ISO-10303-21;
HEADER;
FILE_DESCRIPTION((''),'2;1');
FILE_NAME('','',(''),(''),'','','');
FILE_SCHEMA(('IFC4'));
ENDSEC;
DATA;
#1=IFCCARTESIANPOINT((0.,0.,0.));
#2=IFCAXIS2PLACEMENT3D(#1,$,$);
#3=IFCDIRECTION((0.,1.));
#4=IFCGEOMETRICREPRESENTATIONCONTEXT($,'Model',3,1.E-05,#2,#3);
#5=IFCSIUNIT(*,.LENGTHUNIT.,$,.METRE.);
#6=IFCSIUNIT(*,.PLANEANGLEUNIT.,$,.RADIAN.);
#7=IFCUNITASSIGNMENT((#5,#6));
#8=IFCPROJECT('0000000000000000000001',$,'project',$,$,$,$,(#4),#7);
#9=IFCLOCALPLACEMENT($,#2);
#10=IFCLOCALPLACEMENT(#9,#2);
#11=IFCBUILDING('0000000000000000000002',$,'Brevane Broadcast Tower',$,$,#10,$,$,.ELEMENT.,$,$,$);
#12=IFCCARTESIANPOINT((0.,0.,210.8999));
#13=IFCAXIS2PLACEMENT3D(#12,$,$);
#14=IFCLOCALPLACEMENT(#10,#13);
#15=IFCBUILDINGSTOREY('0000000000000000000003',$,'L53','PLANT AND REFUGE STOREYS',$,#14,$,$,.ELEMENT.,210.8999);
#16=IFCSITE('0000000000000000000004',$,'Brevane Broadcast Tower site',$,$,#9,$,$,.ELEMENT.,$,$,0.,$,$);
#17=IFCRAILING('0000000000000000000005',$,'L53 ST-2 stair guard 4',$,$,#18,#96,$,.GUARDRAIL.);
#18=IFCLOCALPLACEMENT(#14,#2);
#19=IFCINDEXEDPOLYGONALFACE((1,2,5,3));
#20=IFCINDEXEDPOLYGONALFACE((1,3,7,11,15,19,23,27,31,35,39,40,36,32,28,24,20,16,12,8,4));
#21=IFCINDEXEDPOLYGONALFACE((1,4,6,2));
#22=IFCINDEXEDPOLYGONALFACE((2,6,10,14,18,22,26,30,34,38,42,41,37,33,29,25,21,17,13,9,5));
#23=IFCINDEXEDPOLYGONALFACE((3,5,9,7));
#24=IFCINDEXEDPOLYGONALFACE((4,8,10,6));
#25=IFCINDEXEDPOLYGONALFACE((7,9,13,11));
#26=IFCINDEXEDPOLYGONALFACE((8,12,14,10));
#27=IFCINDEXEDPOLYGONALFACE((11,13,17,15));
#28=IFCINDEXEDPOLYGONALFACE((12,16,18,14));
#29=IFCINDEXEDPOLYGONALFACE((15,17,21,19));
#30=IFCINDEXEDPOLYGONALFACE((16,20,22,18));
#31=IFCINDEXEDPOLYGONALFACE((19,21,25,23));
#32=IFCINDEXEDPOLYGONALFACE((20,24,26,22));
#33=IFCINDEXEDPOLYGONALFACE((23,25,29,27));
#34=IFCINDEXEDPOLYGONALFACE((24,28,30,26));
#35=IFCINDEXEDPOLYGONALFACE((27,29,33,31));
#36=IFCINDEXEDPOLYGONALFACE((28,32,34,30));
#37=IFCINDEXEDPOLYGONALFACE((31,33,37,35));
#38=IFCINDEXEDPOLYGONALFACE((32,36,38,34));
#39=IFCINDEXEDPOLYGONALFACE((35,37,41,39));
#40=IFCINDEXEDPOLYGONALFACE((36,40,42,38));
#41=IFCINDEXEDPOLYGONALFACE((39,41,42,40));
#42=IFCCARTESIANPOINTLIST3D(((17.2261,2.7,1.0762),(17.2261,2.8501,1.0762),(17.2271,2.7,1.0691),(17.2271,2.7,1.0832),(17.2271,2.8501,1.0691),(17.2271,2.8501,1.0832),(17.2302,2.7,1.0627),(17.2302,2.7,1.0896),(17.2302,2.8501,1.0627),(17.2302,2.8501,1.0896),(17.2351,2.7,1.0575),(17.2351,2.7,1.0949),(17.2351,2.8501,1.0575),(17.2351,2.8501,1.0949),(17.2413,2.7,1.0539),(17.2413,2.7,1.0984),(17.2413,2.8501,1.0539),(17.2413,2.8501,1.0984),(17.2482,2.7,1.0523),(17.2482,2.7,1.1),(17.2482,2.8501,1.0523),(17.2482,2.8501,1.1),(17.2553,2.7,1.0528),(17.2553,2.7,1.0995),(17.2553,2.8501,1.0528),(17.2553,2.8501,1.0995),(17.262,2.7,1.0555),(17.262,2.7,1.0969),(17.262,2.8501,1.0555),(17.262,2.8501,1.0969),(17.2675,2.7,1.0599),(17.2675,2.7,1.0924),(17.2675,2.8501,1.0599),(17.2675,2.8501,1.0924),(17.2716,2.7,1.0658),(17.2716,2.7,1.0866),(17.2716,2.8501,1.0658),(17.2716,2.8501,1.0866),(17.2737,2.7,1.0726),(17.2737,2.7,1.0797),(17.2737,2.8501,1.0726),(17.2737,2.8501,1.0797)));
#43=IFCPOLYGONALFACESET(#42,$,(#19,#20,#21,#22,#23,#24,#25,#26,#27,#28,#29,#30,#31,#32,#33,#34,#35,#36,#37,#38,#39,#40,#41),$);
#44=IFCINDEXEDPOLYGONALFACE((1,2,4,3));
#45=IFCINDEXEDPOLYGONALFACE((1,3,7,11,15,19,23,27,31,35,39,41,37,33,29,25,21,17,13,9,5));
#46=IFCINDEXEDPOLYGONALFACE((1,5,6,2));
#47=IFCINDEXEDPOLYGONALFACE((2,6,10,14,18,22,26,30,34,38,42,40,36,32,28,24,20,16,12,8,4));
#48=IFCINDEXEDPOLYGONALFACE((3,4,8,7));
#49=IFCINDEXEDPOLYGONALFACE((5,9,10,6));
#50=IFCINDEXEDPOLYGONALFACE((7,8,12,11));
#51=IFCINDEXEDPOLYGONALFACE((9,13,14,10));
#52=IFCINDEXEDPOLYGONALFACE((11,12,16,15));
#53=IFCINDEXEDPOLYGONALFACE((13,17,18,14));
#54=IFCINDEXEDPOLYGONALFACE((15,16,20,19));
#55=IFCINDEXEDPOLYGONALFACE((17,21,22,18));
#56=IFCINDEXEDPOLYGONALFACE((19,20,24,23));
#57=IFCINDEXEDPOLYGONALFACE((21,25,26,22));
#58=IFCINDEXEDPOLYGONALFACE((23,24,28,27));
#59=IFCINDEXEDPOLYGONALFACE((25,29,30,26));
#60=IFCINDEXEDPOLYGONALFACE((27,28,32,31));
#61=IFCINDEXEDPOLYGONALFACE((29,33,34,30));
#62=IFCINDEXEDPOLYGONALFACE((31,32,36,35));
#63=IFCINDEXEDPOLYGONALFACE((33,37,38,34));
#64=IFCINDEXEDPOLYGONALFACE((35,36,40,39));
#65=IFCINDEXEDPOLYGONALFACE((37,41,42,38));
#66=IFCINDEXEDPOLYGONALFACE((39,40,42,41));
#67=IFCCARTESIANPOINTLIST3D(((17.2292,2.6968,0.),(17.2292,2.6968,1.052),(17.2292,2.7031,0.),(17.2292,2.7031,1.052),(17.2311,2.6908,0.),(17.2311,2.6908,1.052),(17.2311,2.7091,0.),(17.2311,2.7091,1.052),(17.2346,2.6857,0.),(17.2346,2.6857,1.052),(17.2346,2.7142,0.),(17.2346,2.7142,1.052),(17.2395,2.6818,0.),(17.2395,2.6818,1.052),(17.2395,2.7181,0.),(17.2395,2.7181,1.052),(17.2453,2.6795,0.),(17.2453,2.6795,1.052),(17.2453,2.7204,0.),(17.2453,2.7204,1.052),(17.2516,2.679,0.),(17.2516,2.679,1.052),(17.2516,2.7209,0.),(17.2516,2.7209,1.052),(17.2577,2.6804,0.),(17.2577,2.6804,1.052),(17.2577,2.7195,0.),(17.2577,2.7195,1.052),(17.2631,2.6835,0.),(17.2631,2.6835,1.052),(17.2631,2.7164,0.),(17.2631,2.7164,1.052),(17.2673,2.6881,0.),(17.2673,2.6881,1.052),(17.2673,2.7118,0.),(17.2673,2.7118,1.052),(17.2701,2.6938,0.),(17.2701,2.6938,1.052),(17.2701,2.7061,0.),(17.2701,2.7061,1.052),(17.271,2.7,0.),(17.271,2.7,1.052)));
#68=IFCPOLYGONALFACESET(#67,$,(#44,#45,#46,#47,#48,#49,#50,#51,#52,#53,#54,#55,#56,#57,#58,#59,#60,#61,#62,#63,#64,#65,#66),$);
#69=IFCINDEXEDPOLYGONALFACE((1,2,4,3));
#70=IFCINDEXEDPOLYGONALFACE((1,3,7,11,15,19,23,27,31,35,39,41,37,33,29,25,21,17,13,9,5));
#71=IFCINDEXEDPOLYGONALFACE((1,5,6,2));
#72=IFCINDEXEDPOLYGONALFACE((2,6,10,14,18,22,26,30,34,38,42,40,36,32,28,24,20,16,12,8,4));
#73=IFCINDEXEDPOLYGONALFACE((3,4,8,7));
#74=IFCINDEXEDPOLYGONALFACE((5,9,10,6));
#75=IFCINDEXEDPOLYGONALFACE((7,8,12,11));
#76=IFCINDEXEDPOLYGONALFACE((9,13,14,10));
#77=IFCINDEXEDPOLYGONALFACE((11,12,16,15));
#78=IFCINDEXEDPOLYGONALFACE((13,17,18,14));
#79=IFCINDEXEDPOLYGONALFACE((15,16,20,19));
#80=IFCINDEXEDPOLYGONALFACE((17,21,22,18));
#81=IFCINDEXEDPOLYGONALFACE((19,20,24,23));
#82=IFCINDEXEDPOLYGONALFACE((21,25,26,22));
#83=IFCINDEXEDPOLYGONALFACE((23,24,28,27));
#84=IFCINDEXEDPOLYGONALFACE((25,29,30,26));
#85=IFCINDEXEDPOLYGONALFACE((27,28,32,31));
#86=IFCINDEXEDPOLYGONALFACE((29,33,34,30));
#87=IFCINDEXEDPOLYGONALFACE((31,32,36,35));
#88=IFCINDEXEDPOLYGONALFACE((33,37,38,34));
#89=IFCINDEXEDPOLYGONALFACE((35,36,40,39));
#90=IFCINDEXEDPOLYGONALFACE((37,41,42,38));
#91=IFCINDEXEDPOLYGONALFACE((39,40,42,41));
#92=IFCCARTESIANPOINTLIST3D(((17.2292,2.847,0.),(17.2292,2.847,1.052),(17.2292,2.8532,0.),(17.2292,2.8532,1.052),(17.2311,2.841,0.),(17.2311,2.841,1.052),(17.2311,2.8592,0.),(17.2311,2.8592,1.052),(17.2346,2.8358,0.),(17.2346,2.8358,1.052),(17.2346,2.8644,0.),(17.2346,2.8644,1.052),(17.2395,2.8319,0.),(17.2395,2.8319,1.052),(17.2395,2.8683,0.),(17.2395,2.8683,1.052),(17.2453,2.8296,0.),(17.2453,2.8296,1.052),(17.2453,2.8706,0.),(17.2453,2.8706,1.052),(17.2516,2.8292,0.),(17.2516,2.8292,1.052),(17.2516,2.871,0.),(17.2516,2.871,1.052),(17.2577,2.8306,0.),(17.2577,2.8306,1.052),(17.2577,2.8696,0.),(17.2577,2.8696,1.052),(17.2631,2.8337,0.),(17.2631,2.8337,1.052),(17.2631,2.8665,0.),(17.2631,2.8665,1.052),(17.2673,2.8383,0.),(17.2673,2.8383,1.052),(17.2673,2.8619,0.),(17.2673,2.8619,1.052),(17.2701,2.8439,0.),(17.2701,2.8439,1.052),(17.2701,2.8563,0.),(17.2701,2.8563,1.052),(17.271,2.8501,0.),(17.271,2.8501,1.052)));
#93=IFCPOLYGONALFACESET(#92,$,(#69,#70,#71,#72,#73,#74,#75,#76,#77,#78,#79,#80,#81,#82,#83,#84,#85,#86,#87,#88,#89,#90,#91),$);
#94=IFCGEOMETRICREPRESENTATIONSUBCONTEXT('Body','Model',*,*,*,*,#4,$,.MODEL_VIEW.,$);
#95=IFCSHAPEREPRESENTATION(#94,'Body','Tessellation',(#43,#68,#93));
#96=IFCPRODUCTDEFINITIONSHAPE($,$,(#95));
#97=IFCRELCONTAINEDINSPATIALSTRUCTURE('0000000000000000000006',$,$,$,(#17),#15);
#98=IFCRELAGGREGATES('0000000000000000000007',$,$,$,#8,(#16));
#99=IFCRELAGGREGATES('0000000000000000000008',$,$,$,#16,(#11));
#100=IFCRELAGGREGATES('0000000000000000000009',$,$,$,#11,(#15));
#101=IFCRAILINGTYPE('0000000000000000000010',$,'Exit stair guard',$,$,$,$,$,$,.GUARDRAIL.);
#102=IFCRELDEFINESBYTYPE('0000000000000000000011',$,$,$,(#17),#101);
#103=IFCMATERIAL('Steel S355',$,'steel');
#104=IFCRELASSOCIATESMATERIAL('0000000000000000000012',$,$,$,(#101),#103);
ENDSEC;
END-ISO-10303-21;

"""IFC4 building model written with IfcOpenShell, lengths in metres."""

from ifc_helpers import new_model, si_unit, direction, frame, origin, origin_2d, place, context, subcontext, project, spatial, circle, extrude, material, type_object, element, save


model = new_model("IFC4")

# Units and contexts
model_context = context("Model", 3, precision=1e-05, world=origin(), true_north=direction((0.0, 1.0)))
body_context = subcontext(model_context, "Body", "Model", "MODEL_VIEW")
ifc_project = project(units=[si_unit("LENGTHUNIT", "METRE"), si_unit("PLANEANGLEUNIT", "RADIAN")], contexts=[model_context])

# Site, building, storey
site_placement = place(None, origin())
site = spatial("IfcSite", under=ifc_project, at=site_placement, Name="Brevane Broadcast Tower site", CompositionType="ELEMENT", RefElevation=0.0)
building_placement = place(site_placement, origin())
building = spatial("IfcBuilding", under=site, at=building_placement, Name="Brevane Broadcast Tower", CompositionType="ELEMENT")
storey_placement = place(building_placement, frame((0.0, 0.0, 210.8999)))
storey = spatial("IfcBuildingStorey", under=building, at=storey_placement, Name="L53", Description="PLANT AND REFUGE STOREYS", CompositionType="ELEMENT", Elevation=210.8999)

# Railing
ifc_material_1 = material(Name="Steel S355", Category="steel")
railing_type_1 = type_object("IfcRailingType", Name="Exit stair guard", PredefinedType="GUARDRAIL", material=ifc_material_1)
railing_1_placement = place(storey_placement, frame((17.25, 2.7, 0.0)))
element("IfcRailing", 1, at=railing_1_placement, inside=storey, type_object=railing_type_1, Name="L53 ST-2 stair guard 4", PredefinedType="GUARDRAIL", context=body_context, shape_type="SweptSolid", body=[
    extrude(circle(Radius=0.0239, at=origin_2d()), frame((0.0, 0.0, 1.0762), z_axis=(0.0, 1.0, 0.0), x_axis=(-1.0, 0.0, 0.0)), (0.0, 0.0, 1.0), 0.1501),
    extrude(circle(Radius=0.021, at=origin_2d()), origin(), (0.0, 0.0, 1.0), 1.052),
    extrude(circle(Radius=0.021, at=origin_2d()), frame((0.0, 0.1501, 0.0)), (0.0, 0.0, 1.0), 1.052),
])

save(model, "model.ifc")
